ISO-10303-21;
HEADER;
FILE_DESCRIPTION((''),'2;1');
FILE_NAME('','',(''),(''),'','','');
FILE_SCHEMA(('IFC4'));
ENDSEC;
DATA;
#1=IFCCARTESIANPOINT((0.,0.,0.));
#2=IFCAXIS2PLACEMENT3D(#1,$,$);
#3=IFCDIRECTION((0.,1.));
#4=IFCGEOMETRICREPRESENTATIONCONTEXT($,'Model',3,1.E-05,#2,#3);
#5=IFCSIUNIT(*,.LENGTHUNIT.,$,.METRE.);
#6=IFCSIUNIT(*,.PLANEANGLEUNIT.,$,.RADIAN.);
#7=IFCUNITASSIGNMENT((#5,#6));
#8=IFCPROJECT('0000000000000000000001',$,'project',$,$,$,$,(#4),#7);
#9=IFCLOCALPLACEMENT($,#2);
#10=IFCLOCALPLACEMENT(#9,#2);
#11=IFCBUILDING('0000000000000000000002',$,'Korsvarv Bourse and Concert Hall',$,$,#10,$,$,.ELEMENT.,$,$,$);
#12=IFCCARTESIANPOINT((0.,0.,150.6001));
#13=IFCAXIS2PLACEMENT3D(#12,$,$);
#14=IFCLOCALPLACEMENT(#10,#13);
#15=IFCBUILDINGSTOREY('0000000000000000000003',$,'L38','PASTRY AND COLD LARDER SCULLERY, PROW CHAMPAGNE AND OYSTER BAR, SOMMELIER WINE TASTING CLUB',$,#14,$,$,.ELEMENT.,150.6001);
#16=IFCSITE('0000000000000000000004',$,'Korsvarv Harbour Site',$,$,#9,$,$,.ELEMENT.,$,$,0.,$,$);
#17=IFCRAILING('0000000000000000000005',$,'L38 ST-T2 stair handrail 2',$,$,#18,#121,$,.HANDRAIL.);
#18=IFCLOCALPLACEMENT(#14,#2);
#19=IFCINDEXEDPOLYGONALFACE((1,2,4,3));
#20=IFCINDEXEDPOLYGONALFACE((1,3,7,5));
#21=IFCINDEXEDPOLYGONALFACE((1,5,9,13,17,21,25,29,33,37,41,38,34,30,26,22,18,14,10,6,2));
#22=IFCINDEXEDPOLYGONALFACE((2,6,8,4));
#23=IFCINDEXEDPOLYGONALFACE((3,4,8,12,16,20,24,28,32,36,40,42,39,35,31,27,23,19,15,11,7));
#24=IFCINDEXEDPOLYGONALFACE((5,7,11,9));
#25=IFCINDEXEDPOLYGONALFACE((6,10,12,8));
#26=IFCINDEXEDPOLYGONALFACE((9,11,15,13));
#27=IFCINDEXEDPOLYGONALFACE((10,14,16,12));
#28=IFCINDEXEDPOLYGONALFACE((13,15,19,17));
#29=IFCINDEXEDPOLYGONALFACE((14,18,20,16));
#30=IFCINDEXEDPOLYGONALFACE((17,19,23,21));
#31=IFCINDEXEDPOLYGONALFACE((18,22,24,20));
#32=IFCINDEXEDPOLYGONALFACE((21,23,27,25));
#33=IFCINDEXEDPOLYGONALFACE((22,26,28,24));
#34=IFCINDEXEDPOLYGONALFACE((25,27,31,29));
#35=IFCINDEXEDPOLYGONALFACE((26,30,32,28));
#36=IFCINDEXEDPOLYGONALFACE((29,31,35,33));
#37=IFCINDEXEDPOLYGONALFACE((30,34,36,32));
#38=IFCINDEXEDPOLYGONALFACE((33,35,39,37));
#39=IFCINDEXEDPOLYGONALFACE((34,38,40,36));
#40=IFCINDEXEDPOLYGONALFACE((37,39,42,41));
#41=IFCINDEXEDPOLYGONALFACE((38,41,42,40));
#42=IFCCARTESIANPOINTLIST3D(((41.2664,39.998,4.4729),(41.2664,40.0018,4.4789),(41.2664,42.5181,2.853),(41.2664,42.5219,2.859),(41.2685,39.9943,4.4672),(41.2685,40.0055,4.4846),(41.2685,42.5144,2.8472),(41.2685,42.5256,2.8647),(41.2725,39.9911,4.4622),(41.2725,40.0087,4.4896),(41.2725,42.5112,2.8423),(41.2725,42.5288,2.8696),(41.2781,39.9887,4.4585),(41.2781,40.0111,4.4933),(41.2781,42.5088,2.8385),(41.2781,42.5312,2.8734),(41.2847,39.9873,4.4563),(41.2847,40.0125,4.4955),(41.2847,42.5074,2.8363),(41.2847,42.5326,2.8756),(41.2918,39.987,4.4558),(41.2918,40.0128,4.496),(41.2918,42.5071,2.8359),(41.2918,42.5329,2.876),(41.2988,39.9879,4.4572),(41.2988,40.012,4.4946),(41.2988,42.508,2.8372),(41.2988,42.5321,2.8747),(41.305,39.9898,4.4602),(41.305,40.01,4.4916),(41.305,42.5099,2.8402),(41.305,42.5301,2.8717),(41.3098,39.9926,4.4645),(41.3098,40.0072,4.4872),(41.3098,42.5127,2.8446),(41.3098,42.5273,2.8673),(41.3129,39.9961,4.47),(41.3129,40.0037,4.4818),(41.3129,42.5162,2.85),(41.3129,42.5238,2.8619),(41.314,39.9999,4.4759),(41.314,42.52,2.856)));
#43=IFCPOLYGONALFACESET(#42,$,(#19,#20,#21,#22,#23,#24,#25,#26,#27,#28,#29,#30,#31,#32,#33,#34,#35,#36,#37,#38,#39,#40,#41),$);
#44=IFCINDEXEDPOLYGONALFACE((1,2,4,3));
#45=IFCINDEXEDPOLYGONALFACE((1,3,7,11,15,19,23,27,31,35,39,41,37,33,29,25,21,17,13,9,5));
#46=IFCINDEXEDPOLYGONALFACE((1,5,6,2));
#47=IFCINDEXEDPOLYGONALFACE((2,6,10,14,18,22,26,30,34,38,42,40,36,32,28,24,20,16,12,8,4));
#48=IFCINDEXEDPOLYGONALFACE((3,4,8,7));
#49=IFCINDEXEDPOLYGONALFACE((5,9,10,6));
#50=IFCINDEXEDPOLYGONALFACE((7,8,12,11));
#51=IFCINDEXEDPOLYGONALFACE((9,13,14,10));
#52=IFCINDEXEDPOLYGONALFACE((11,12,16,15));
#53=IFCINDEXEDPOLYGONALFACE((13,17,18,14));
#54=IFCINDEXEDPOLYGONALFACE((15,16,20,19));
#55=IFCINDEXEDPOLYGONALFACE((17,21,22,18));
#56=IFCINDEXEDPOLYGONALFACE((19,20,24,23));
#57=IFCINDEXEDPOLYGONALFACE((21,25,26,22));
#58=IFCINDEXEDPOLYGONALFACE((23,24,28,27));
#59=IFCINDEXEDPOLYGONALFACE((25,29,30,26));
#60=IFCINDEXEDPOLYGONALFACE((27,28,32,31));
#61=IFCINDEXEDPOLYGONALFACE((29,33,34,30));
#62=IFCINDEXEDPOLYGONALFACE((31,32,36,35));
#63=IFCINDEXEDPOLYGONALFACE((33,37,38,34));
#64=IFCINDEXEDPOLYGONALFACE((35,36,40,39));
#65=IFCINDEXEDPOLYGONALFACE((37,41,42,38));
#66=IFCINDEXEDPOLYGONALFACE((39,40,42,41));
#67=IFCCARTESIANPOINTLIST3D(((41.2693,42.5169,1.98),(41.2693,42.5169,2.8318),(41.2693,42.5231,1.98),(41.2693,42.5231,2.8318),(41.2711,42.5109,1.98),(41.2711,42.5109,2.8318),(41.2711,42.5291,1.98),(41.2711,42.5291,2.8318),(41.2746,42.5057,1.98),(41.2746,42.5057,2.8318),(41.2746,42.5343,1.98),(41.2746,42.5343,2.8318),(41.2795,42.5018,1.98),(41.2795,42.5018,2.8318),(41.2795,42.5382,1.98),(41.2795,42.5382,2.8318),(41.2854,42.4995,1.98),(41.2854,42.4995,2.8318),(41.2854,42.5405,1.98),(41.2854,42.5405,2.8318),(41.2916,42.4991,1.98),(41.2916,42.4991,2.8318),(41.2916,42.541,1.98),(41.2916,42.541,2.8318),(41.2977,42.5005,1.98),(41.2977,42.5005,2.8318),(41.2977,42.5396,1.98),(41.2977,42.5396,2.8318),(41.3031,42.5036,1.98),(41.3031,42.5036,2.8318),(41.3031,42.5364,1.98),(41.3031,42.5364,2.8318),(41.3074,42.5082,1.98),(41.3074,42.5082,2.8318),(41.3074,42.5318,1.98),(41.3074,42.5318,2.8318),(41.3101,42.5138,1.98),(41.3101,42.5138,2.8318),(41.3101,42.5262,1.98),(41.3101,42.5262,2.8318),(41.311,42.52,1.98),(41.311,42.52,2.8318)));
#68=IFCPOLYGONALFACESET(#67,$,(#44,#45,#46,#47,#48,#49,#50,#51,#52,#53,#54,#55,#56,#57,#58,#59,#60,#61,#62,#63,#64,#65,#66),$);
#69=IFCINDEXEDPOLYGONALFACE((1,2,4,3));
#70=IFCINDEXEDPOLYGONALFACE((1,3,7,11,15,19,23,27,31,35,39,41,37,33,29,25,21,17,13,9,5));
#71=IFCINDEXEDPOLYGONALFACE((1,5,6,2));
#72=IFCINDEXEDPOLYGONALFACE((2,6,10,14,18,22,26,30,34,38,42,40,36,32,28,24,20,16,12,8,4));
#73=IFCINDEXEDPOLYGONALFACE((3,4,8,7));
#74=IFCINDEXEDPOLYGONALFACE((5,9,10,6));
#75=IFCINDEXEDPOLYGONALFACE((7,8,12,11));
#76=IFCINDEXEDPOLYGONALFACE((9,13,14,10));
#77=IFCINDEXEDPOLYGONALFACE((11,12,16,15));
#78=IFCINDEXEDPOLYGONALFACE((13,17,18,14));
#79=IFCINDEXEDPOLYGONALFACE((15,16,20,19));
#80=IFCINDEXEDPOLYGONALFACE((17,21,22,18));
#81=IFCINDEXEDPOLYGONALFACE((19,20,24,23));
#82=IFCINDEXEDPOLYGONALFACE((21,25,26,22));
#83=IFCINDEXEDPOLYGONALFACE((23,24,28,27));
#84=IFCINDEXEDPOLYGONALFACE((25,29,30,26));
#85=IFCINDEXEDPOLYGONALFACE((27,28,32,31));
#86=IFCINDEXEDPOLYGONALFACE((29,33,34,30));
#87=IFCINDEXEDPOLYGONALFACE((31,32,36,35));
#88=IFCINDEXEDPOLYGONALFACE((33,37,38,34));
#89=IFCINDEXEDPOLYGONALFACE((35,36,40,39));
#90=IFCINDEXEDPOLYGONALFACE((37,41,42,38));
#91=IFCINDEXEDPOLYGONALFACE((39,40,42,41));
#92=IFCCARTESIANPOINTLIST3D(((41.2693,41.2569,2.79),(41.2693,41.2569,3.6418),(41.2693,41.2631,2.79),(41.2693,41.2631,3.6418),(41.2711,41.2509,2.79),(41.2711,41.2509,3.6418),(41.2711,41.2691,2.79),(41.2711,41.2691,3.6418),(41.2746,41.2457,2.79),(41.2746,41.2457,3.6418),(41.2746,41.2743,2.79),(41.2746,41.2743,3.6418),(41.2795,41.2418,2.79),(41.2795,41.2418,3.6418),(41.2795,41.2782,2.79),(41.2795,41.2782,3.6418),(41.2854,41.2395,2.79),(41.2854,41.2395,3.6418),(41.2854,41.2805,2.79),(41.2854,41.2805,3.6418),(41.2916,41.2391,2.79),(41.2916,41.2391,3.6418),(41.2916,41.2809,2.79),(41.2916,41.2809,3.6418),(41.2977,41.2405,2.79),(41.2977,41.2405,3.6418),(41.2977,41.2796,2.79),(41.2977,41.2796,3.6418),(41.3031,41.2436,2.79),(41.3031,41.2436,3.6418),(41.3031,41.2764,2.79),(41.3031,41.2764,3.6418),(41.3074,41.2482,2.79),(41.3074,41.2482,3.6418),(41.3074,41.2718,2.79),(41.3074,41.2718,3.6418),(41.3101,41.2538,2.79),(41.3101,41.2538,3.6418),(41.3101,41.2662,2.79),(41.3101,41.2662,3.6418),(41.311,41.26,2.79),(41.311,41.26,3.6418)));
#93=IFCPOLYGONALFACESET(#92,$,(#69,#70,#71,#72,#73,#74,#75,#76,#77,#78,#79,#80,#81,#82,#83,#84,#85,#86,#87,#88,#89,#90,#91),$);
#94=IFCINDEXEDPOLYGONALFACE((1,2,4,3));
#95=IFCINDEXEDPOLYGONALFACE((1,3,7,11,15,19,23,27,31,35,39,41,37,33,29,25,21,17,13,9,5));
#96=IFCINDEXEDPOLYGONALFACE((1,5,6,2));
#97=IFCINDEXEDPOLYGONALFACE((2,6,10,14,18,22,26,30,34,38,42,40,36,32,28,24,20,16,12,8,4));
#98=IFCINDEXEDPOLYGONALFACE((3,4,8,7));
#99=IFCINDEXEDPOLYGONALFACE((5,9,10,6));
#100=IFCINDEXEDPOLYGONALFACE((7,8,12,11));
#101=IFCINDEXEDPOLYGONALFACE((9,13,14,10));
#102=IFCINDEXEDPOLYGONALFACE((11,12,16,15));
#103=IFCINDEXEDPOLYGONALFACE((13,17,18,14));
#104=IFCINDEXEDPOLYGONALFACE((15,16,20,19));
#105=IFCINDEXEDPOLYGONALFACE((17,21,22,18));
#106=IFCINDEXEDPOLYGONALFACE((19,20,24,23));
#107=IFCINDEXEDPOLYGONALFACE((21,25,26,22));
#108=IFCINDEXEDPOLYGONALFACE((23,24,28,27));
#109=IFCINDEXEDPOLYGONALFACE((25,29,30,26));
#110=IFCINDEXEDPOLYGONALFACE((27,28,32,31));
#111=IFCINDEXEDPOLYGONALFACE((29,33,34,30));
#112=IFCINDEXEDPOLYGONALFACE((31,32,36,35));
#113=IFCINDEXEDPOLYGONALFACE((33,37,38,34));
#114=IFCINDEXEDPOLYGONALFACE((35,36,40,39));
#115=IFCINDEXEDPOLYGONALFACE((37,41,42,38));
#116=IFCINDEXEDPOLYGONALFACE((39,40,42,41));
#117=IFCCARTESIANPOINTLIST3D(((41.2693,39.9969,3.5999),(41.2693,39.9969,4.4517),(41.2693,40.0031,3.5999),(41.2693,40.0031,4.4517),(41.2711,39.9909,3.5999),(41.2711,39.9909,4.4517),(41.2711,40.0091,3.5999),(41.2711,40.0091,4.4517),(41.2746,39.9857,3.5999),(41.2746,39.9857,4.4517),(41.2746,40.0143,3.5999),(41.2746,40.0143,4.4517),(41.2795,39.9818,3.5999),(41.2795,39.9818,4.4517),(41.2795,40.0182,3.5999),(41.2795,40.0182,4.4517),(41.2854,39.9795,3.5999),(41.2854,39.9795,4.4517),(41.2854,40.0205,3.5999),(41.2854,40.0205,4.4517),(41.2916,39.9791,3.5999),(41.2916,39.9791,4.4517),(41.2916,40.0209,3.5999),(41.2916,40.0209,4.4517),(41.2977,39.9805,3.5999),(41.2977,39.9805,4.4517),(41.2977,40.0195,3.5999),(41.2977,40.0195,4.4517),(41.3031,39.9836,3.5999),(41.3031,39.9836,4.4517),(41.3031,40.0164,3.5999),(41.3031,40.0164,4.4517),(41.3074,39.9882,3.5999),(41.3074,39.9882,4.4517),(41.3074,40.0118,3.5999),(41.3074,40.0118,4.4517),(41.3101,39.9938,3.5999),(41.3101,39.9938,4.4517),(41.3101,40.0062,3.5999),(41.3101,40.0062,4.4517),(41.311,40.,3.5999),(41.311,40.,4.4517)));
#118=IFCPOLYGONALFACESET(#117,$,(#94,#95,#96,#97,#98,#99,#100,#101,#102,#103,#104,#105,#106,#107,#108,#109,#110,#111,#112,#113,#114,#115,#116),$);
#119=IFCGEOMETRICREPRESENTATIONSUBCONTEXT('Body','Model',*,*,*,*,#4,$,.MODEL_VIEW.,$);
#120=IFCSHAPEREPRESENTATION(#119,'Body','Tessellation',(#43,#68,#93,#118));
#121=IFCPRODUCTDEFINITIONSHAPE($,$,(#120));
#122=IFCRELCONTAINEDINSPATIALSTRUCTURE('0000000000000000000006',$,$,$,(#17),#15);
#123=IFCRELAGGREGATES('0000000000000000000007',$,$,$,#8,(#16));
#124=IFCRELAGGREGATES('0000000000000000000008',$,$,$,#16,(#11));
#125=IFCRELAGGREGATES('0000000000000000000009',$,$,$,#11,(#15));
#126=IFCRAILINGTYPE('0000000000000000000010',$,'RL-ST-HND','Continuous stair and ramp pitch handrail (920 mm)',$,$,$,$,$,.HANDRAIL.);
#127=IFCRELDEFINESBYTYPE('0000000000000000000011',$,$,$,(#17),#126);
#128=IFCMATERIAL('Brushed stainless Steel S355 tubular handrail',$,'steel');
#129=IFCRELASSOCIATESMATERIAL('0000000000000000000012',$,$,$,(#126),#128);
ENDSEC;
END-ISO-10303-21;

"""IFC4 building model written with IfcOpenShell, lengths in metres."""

from ifc_helpers import new_model, si_unit, direction, frame, origin, origin_2d, place, context, subcontext, project, spatial, circle, extrude, material, type_object, element, save


model = new_model("IFC4")

# Units and contexts
model_context = context("Model", 3, precision=1e-05, world=origin(), true_north=direction((0.0, 1.0)))
body_context = subcontext(model_context, "Body", "Model", "MODEL_VIEW")
ifc_project = project(units=[si_unit("LENGTHUNIT", "METRE"), si_unit("PLANEANGLEUNIT", "RADIAN")], contexts=[model_context])

# Site, building, storey
site_placement = place(None, origin())
site = spatial("IfcSite", under=ifc_project, at=site_placement, Name="Korsvarv Harbour Site", CompositionType="ELEMENT", RefElevation=0.0)
building_placement = place(site_placement, origin())
building = spatial("IfcBuilding", under=site, at=building_placement, Name="Korsvarv Bourse and Concert Hall", CompositionType="ELEMENT")
storey_placement = place(building_placement, frame((0.0, 0.0, 150.6001)))
storey = spatial("IfcBuildingStorey", under=building, at=storey_placement, Name="L38", Description="PASTRY AND COLD LARDER SCULLERY, PROW CHAMPAGNE AND OYSTER BAR, SOMMELIER WINE TASTING CLUB", CompositionType="ELEMENT", Elevation=150.6001)

# Railing
ifc_material_1 = material(Name="Brushed stainless Steel S355 tubular handrail", Category="steel")
railing_type = type_object("IfcRailingType", Name="RL-ST-HND", Description="Continuous stair and ramp pitch handrail (920 mm)", PredefinedType="HANDRAIL", material=ifc_material_1)
railing_placement = place(storey_placement, frame((41.29, 42.52, 1.98)))
element("IfcRailing", 1, at=railing_placement, inside=storey, type_object=railing_type, Name="L38 ST-T2 stair handrail 2", PredefinedType="HANDRAIL", context=body_context, shape_type="SweptSolid", body=[
    extrude(circle(Radius=0.0239, at=origin_2d()), frame((0.0, 0.0, 0.876), z_axis=(0.0, -0.8412, 0.540725), x_axis=(1.0, 0.0, 0.0)), (0.0, 0.0, 1.0), 2.9958),
    extrude(circle(Radius=0.021, at=origin_2d()), origin(), (0.0, 0.0, 1.0), 0.8518),
    extrude(circle(Radius=0.021, at=origin_2d()), frame((0.0, -1.26, 0.8101)), (0.0, 0.0, 1.0), 0.8518),
    extrude(circle(Radius=0.021, at=origin_2d()), frame((0.0, -2.52, 1.6199)), (0.0, 0.0, 1.0), 0.8518),
])

save(model, "model.ifc")
